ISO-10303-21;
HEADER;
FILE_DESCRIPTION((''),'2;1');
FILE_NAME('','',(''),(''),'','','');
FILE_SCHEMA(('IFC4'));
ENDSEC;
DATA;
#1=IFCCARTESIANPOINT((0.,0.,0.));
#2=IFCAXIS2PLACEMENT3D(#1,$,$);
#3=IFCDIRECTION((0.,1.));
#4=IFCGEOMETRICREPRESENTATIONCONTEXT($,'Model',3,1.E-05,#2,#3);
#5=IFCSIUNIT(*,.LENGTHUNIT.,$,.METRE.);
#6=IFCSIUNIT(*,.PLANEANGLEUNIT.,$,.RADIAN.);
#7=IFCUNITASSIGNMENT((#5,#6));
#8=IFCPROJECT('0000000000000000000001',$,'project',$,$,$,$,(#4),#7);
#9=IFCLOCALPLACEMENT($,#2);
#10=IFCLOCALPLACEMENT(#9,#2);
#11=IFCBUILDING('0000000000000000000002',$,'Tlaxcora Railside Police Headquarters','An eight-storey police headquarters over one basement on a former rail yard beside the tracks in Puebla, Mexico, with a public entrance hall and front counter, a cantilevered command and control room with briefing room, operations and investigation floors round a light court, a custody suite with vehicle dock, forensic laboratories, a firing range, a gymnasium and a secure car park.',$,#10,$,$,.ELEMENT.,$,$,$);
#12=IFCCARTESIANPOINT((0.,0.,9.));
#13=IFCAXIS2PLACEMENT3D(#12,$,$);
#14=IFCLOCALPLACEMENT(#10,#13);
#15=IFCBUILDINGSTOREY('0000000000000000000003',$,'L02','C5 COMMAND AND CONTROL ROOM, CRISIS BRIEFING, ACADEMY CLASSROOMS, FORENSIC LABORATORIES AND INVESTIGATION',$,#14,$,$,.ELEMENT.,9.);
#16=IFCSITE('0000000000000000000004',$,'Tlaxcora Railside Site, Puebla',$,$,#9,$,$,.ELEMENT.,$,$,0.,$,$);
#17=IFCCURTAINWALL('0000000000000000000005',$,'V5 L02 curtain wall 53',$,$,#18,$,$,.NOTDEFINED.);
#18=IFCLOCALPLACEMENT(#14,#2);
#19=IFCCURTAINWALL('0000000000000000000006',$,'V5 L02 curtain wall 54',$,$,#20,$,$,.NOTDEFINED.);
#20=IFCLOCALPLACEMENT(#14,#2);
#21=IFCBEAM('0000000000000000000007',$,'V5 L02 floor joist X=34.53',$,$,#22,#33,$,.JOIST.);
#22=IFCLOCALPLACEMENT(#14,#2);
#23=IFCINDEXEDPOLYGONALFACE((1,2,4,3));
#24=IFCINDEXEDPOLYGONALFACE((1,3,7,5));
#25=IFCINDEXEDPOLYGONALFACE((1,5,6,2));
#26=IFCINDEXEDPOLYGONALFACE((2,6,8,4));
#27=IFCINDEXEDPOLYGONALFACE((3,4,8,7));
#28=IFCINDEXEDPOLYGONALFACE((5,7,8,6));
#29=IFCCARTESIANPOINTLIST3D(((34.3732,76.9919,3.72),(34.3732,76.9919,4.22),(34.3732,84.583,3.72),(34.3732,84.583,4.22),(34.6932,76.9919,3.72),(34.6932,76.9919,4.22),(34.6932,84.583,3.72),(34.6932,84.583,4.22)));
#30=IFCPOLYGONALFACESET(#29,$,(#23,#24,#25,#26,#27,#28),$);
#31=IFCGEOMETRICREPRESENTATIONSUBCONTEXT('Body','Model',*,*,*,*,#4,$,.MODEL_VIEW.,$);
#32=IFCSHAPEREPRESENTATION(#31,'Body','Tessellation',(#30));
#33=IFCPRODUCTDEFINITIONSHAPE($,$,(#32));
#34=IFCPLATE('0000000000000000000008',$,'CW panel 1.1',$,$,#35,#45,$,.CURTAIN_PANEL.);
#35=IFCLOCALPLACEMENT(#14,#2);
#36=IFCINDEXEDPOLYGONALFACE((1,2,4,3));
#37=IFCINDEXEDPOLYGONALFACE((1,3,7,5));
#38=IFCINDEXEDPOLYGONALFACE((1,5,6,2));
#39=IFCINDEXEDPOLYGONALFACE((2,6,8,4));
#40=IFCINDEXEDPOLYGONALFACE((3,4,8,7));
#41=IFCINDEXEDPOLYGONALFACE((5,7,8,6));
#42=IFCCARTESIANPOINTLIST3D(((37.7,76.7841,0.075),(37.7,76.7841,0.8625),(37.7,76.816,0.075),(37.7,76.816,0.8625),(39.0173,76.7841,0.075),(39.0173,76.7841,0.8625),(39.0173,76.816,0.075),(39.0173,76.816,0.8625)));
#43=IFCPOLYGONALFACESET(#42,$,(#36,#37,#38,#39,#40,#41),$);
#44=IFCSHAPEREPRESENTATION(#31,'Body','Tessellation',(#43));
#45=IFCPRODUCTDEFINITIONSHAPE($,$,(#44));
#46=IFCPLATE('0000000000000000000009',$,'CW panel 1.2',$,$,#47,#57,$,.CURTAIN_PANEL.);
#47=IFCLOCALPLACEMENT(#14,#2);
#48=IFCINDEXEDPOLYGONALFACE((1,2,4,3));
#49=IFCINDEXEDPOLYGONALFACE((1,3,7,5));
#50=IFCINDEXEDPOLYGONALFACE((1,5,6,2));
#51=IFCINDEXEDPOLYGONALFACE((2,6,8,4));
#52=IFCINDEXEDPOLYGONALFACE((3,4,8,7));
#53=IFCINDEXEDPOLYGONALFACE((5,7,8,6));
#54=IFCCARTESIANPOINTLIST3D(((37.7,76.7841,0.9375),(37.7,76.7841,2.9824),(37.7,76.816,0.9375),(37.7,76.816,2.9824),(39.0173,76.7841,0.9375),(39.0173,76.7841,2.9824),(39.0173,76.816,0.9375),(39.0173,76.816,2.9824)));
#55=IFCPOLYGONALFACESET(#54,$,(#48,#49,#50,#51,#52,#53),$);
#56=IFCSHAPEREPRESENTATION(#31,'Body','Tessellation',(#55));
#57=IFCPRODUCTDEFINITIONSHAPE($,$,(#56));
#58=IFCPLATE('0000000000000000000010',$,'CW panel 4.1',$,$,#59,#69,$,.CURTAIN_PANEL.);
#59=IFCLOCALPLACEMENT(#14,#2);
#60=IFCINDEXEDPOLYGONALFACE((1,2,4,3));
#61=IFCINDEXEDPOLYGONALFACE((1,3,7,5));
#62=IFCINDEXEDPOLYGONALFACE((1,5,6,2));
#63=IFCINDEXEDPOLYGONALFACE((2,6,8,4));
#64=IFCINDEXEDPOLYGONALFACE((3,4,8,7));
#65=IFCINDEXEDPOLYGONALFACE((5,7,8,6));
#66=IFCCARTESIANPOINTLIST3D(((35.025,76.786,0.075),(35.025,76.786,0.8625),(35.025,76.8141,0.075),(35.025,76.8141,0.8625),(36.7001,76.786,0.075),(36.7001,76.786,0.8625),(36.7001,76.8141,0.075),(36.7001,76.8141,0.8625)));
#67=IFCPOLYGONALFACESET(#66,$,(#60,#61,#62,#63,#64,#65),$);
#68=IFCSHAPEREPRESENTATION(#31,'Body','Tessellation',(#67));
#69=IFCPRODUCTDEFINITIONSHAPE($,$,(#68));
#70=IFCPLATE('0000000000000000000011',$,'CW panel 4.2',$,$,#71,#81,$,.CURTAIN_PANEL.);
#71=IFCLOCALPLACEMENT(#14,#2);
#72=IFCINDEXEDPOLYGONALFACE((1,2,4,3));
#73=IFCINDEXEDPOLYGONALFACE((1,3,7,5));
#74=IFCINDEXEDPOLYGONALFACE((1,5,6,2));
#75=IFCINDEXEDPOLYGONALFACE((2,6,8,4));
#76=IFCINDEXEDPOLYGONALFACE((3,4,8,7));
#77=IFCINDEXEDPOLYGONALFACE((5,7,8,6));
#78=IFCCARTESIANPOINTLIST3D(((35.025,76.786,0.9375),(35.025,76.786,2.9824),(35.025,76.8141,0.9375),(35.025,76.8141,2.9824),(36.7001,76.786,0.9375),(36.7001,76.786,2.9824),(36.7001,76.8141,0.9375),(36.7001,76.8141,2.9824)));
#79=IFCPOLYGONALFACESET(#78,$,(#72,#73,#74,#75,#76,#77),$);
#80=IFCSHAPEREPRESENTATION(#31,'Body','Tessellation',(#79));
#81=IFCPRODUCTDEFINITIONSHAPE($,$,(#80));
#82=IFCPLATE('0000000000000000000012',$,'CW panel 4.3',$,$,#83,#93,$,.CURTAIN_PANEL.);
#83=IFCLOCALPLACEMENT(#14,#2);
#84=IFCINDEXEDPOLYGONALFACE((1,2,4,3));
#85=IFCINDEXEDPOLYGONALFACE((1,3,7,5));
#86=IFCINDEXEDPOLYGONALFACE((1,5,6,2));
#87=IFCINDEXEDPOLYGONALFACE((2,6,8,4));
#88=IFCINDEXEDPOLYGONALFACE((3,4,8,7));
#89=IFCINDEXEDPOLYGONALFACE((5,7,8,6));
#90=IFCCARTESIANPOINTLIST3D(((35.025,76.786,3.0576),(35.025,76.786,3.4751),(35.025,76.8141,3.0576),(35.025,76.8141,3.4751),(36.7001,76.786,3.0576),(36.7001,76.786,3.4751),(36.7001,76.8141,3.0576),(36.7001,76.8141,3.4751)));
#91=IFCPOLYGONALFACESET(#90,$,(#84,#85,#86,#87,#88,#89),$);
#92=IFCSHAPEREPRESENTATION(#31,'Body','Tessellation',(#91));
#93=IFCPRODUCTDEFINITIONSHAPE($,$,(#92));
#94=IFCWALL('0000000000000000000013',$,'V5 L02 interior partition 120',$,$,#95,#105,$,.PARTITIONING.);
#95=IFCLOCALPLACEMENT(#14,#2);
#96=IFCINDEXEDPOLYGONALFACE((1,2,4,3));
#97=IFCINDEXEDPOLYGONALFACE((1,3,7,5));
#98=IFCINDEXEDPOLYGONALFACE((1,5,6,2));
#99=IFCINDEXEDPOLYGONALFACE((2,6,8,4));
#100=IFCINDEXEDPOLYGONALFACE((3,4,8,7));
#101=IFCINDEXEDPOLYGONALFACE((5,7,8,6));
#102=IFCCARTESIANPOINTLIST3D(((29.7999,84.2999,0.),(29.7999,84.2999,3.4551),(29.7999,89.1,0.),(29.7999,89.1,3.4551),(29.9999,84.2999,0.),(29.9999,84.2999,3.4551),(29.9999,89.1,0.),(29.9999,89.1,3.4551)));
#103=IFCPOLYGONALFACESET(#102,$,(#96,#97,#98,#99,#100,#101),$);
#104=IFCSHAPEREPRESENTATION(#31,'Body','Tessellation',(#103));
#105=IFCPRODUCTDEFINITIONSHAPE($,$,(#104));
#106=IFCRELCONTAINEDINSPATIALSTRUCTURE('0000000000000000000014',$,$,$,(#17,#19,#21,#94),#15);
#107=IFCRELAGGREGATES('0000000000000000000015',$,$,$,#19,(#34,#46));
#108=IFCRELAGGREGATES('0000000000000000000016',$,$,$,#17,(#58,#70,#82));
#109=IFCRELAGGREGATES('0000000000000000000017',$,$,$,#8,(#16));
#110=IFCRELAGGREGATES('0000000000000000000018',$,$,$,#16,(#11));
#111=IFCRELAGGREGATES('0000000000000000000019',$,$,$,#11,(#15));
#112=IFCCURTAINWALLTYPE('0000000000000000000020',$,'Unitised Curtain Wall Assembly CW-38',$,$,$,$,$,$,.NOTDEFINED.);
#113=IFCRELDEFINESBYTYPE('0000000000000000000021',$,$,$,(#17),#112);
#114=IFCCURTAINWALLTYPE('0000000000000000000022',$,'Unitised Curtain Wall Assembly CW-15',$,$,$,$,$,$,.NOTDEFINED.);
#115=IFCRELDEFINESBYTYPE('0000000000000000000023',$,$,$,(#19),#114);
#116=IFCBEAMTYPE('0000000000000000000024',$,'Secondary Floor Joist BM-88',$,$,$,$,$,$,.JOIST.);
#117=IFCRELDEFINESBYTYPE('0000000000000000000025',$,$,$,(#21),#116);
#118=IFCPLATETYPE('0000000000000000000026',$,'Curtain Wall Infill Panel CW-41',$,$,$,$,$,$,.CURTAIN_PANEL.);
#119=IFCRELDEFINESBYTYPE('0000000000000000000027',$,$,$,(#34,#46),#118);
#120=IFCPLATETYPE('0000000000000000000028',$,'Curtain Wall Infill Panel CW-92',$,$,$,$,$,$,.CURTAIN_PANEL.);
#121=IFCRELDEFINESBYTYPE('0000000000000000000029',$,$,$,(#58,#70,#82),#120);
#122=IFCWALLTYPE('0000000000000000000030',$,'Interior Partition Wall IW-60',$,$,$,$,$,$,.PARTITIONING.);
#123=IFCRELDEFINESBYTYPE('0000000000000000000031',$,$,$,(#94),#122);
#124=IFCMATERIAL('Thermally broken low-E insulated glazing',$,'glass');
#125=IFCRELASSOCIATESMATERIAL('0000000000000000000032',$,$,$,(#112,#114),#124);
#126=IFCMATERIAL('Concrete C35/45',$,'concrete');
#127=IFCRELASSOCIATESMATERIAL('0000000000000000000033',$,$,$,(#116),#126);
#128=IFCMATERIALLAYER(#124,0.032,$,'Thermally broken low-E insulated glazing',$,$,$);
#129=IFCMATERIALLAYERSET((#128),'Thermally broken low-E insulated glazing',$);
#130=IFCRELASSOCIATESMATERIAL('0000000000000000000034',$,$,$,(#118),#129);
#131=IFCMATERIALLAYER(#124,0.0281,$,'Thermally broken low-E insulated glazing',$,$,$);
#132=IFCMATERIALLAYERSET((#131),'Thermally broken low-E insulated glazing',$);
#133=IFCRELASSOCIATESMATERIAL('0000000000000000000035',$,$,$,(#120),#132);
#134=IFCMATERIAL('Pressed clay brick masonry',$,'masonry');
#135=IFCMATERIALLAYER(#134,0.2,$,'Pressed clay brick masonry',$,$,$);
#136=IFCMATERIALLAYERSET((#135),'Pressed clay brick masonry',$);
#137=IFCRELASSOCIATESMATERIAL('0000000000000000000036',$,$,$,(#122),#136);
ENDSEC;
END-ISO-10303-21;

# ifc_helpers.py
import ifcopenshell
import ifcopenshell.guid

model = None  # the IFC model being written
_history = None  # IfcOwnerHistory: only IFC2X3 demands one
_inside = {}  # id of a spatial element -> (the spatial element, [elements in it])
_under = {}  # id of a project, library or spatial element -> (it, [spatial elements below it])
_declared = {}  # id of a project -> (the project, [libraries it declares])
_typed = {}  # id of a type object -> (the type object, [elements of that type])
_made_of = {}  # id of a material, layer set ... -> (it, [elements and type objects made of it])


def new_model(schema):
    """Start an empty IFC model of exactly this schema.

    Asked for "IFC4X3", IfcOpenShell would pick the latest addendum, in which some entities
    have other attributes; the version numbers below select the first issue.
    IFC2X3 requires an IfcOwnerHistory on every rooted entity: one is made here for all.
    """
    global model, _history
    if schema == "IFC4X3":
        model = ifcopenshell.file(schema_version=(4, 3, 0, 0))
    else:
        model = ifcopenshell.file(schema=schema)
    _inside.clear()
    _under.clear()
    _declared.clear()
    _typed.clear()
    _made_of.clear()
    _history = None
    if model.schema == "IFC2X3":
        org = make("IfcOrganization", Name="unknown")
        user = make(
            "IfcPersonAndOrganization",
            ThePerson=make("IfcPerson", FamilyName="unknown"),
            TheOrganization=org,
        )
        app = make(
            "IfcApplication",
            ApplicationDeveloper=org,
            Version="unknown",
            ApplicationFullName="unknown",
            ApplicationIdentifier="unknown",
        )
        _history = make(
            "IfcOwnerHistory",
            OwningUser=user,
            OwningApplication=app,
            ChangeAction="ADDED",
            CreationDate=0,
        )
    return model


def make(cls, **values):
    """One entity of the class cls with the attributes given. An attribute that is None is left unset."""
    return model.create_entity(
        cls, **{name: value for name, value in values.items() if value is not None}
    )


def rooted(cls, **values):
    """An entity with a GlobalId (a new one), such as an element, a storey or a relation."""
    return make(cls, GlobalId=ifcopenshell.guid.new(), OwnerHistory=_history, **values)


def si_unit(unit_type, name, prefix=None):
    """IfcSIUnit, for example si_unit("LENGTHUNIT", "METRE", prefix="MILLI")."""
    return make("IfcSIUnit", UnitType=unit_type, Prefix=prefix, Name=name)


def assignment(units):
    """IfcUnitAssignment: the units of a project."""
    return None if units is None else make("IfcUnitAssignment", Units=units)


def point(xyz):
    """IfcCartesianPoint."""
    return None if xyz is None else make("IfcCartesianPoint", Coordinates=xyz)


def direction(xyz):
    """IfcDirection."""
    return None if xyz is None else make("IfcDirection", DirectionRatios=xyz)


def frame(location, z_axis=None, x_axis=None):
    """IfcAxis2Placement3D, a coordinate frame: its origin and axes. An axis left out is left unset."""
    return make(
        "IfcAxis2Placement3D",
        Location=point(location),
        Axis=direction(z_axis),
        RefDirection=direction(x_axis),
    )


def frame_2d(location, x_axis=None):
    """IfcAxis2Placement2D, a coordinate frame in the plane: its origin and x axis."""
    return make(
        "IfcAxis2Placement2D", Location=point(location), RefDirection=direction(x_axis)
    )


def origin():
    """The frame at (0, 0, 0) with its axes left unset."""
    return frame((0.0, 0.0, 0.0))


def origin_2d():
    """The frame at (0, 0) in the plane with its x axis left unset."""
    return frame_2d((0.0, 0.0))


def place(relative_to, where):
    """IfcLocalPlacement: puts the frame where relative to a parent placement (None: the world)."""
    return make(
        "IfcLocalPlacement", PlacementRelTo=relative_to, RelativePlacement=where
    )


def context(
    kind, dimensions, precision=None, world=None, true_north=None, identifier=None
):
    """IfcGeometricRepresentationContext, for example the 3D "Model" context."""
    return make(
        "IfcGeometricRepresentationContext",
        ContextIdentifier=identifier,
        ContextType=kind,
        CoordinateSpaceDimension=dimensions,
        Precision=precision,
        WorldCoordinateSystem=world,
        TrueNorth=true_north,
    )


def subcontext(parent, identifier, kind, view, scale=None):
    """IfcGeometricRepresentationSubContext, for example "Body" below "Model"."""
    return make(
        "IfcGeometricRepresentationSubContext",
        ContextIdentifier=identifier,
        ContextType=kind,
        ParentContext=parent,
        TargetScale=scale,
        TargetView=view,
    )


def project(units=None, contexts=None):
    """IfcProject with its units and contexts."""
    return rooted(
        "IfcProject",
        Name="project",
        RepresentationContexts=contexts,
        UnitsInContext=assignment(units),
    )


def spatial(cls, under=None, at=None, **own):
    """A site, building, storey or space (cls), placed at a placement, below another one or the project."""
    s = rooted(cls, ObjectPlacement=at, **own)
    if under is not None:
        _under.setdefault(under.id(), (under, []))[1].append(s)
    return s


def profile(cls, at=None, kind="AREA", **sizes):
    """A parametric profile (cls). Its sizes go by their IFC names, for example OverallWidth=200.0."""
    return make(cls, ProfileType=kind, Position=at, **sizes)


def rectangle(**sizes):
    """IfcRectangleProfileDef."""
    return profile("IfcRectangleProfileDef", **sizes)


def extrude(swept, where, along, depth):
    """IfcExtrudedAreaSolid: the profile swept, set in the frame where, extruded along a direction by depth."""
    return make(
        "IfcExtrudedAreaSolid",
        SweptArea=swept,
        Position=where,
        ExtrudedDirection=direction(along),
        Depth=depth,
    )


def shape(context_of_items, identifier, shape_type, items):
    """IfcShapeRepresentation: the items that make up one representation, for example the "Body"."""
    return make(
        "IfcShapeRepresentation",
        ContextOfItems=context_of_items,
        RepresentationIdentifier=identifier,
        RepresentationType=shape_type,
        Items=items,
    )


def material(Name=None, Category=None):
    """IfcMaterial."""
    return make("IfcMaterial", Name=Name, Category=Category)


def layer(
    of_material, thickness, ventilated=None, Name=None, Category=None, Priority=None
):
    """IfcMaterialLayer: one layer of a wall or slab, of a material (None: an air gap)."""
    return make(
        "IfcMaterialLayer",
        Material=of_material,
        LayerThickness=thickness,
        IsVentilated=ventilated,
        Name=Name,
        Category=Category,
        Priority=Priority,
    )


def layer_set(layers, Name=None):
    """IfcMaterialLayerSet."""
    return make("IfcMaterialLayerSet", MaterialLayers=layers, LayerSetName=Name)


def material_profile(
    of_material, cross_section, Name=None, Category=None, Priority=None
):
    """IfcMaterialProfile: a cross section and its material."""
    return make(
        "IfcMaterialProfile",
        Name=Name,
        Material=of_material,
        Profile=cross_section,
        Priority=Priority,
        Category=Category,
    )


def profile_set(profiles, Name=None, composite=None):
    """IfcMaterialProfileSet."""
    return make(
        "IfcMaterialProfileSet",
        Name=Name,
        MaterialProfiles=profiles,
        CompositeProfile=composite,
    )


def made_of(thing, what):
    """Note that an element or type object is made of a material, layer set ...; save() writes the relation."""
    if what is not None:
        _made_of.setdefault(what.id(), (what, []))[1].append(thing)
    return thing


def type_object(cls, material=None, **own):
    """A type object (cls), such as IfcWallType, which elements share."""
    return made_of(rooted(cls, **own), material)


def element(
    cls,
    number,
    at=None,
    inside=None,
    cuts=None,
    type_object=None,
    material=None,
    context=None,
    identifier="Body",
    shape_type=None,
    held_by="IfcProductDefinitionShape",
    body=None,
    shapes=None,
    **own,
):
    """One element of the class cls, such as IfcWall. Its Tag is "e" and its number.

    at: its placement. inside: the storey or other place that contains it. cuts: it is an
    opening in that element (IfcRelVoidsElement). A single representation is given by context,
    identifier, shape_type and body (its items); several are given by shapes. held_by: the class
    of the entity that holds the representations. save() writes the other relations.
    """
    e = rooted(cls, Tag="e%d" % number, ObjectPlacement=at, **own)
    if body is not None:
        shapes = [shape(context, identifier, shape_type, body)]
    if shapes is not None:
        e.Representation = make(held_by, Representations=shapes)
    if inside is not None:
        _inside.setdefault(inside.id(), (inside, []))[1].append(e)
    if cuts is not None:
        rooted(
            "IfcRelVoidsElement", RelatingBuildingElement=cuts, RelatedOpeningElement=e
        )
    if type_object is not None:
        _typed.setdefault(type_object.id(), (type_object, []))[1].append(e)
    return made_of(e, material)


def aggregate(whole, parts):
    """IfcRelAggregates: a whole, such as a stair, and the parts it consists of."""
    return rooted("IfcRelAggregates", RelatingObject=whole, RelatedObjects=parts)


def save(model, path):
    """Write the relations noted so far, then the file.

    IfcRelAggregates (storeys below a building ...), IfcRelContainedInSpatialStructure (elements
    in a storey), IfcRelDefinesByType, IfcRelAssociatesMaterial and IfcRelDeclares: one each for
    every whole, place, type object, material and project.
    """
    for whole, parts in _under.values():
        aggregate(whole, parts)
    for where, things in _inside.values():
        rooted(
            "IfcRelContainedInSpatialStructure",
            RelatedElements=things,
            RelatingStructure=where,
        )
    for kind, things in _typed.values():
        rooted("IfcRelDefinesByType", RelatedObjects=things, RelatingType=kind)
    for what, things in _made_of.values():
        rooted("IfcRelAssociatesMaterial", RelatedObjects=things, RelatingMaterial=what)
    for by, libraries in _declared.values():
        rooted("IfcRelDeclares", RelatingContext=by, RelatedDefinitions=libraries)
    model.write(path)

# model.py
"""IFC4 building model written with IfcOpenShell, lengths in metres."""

from ifc_helpers import new_model, si_unit, direction, frame, frame_2d, origin, origin_2d, place, context, subcontext, project, spatial, rectangle, extrude, material, layer, layer_set, material_profile, profile_set, type_object, element, aggregate, save


model = new_model("IFC4")

# Units and contexts
model_context = context("Model", 3, precision=1e-05, world=origin(), true_north=direction((0.0, 1.0)))
body_context = subcontext(model_context, "Body", "Model", "MODEL_VIEW")
ifc_project = project(units=[si_unit("LENGTHUNIT", "METRE"), si_unit("PLANEANGLEUNIT", "RADIAN")], contexts=[model_context])

# Site, building, storey
site_placement = place(None, origin())
site = spatial("IfcSite", under=ifc_project, at=site_placement, Name="Tlaxcora Railside Site, Puebla", CompositionType="ELEMENT", RefElevation=0.0)
building_placement = place(site_placement, origin())
building = spatial("IfcBuilding", under=site, at=building_placement, Name="Tlaxcora Railside Police Headquarters", Description="An eight-storey police headquarters over one basement on a former rail yard beside the tracks in Puebla, Mexico, with a public entrance hall and front counter, a cantilevered command and control room with briefing room, operations and investigation floors round a light court, a custody suite with vehicle dock, forensic laboratories, a firing range, a gymnasium and a secure car park.", CompositionType="ELEMENT")
storey_placement = place(building_placement, frame((0.0, 0.0, 9.0)))
storey = spatial("IfcBuildingStorey", under=building, at=storey_placement, Name="L02", Description="C5 COMMAND AND CONTROL ROOM, CRISIS BRIEFING, ACADEMY CLASSROOMS, FORENSIC LABORATORIES AND INVESTIGATION", CompositionType="ELEMENT", Elevation=9.0)

# Curtain wall
ifc_material_1 = material(Name="Thermally broken low-E insulated glazing", Category="glass")
curtain_wall_type_1 = type_object("IfcCurtainWallType", Name="Unitised Curtain Wall Assembly CW-38", PredefinedType="NOTDEFINED", material=ifc_material_1)
curtain_wall_1_placement = place(storey_placement, origin())
curtain_wall_1 = element("IfcCurtainWall", 1, at=curtain_wall_1_placement, inside=storey, type_object=curtain_wall_type_1, Name="V5 L02 curtain wall 53", PredefinedType="NOTDEFINED")

# Curtain wall
curtain_wall_type_2 = type_object("IfcCurtainWallType", Name="Unitised Curtain Wall Assembly CW-15", PredefinedType="NOTDEFINED", material=ifc_material_1)
curtain_wall_2_placement = place(storey_placement, origin())
curtain_wall_2 = element("IfcCurtainWall", 2, at=curtain_wall_2_placement, inside=storey, type_object=curtain_wall_type_2, Name="V5 L02 curtain wall 54", PredefinedType="NOTDEFINED")

# Beam
ifc_material_2 = material(Name="Concrete C35/45", Category="concrete")
ifc_material_profile_1 = material_profile(ifc_material_2, rectangle(XDim=0.3201, YDim=0.5, at=origin_2d()), Name="RC320X500")
ifc_profile_set_1 = profile_set([ifc_material_profile_1], Name="Concrete C35/45")
beam_type_1 = type_object("IfcBeamType", Name="Secondary Floor Joist BM-88", PredefinedType="JOIST", material=ifc_profile_set_1)
beam_1_placement = place(storey_placement, frame((34.5332, 76.9919, 3.97), z_axis=(0.0, 1.0, 0.0), x_axis=(-1.0, 0.0, 0.0)))
element("IfcBeam", 3, at=beam_1_placement, inside=storey, type_object=beam_type_1, Name="V5 L02 floor joist X=34.53", PredefinedType="JOIST", context=body_context, shape_type="SweptSolid", body=[
    extrude(rectangle(XDim=0.3201, YDim=0.5, at=origin_2d()), origin(), (0.0, 0.0, 1.0), 7.5911),
])

# Plates
ifc_layer_1 = layer(ifc_material_1, 0.032, Name="Thermally broken low-E insulated glazing")
ifc_layer_set_1 = layer_set([ifc_layer_1], Name="Thermally broken low-E insulated glazing")
plate_type_1 = type_object("IfcPlateType", Name="Curtain Wall Infill Panel CW-41", PredefinedType="CURTAIN_PANEL", material=ifc_layer_set_1)
plate_1_placement = place(storey_placement, frame((38.3586, 76.8, 0.075), z_axis=(0.0, 0.0, 1.0), x_axis=(1.0, 0.0, 0.0)))
plate_1 = element("IfcPlate", 4, at=plate_1_placement, type_object=plate_type_1, Name="CW panel 1.1", PredefinedType="CURTAIN_PANEL", context=body_context, shape_type="SweptSolid", body=[
    extrude(rectangle(XDim=1.3174, YDim=0.032, at=origin_2d()), origin(), (0.0, 0.0, 1.0), 0.7876),
])
plate_2_placement = place(storey_placement, frame((38.3586, 76.8, 0.9375), z_axis=(0.0, 0.0, 1.0), x_axis=(1.0, 0.0, 0.0)))
plate_2 = element("IfcPlate", 5, at=plate_2_placement, type_object=plate_type_1, Name="CW panel 1.2", PredefinedType="CURTAIN_PANEL", context=body_context, shape_type="SweptSolid", body=[
    extrude(rectangle(XDim=1.3174, YDim=0.032, at=origin_2d()), origin(), (0.0, 0.0, 1.0), 2.0449),
])
aggregate(curtain_wall_2, [plate_1, plate_2])
ifc_layer_2 = layer(ifc_material_1, 0.0281, Name="Thermally broken low-E insulated glazing")
ifc_layer_set_2 = layer_set([ifc_layer_2], Name="Thermally broken low-E insulated glazing")
plate_type_2 = type_object("IfcPlateType", Name="Curtain Wall Infill Panel CW-92", PredefinedType="CURTAIN_PANEL", material=ifc_layer_set_2)
plate_3_placement = place(storey_placement, frame((35.8625, 76.8, 0.075), z_axis=(0.0, 0.0, 1.0), x_axis=(1.0, 0.0, 0.0)))
plate_3 = element("IfcPlate", 6, at=plate_3_placement, type_object=plate_type_2, Name="CW panel 4.1", PredefinedType="CURTAIN_PANEL", context=body_context, shape_type="SweptSolid", body=[
    extrude(rectangle(XDim=1.675, YDim=0.0281, at=origin_2d()), origin(), (0.0, 0.0, 1.0), 0.7876),
])
plate_4_placement = place(storey_placement, frame((35.8625, 76.8, 0.9375), z_axis=(0.0, 0.0, 1.0), x_axis=(1.0, 0.0, 0.0)))
plate_4 = element("IfcPlate", 7, at=plate_4_placement, type_object=plate_type_2, Name="CW panel 4.2", PredefinedType="CURTAIN_PANEL", context=body_context, shape_type="SweptSolid", body=[
    extrude(rectangle(XDim=1.675, YDim=0.0281, at=origin_2d()), origin(), (0.0, 0.0, 1.0), 2.0449),
])
plate_5_placement = place(storey_placement, frame((35.8625, 76.8, 3.0576), z_axis=(0.0, 0.0, 1.0), x_axis=(1.0, 0.0, 0.0)))
plate_5 = element("IfcPlate", 8, at=plate_5_placement, type_object=plate_type_2, Name="CW panel 4.3", PredefinedType="CURTAIN_PANEL", context=body_context, shape_type="SweptSolid", body=[
    extrude(rectangle(XDim=1.675, YDim=0.0281, at=origin_2d()), origin(), (0.0, 0.0, 1.0), 0.4175),
])
aggregate(curtain_wall_1, [plate_3, plate_4, plate_5])

# Wall
ifc_material_3 = material(Name="Pressed clay brick masonry", Category="masonry")
ifc_layer_3 = layer(ifc_material_3, 0.2, Name="Pressed clay brick masonry")
ifc_layer_set_3 = layer_set([ifc_layer_3], Name="Pressed clay brick masonry")
wall_type_1 = type_object("IfcWallType", Name="Interior Partition Wall IW-60", PredefinedType="PARTITIONING", material=ifc_layer_set_3)
wall_1_placement = place(storey_placement, frame((29.8999, 84.3, 0.0), z_axis=(0.0, 0.0, 1.0), x_axis=(0.0, 1.0, 0.0)))
element("IfcWall", 9, at=wall_1_placement, inside=storey, type_object=wall_type_1, Name="V5 L02 interior partition 120", PredefinedType="PARTITIONING", context=body_context, shape_type="SweptSolid", body=[
    extrude(rectangle(XDim=4.8, YDim=0.2, at=frame_2d((2.3999, 0.0))), origin(), (0.0, 0.0, 1.0), 3.4551),
])

save(model, "model.ifc")
